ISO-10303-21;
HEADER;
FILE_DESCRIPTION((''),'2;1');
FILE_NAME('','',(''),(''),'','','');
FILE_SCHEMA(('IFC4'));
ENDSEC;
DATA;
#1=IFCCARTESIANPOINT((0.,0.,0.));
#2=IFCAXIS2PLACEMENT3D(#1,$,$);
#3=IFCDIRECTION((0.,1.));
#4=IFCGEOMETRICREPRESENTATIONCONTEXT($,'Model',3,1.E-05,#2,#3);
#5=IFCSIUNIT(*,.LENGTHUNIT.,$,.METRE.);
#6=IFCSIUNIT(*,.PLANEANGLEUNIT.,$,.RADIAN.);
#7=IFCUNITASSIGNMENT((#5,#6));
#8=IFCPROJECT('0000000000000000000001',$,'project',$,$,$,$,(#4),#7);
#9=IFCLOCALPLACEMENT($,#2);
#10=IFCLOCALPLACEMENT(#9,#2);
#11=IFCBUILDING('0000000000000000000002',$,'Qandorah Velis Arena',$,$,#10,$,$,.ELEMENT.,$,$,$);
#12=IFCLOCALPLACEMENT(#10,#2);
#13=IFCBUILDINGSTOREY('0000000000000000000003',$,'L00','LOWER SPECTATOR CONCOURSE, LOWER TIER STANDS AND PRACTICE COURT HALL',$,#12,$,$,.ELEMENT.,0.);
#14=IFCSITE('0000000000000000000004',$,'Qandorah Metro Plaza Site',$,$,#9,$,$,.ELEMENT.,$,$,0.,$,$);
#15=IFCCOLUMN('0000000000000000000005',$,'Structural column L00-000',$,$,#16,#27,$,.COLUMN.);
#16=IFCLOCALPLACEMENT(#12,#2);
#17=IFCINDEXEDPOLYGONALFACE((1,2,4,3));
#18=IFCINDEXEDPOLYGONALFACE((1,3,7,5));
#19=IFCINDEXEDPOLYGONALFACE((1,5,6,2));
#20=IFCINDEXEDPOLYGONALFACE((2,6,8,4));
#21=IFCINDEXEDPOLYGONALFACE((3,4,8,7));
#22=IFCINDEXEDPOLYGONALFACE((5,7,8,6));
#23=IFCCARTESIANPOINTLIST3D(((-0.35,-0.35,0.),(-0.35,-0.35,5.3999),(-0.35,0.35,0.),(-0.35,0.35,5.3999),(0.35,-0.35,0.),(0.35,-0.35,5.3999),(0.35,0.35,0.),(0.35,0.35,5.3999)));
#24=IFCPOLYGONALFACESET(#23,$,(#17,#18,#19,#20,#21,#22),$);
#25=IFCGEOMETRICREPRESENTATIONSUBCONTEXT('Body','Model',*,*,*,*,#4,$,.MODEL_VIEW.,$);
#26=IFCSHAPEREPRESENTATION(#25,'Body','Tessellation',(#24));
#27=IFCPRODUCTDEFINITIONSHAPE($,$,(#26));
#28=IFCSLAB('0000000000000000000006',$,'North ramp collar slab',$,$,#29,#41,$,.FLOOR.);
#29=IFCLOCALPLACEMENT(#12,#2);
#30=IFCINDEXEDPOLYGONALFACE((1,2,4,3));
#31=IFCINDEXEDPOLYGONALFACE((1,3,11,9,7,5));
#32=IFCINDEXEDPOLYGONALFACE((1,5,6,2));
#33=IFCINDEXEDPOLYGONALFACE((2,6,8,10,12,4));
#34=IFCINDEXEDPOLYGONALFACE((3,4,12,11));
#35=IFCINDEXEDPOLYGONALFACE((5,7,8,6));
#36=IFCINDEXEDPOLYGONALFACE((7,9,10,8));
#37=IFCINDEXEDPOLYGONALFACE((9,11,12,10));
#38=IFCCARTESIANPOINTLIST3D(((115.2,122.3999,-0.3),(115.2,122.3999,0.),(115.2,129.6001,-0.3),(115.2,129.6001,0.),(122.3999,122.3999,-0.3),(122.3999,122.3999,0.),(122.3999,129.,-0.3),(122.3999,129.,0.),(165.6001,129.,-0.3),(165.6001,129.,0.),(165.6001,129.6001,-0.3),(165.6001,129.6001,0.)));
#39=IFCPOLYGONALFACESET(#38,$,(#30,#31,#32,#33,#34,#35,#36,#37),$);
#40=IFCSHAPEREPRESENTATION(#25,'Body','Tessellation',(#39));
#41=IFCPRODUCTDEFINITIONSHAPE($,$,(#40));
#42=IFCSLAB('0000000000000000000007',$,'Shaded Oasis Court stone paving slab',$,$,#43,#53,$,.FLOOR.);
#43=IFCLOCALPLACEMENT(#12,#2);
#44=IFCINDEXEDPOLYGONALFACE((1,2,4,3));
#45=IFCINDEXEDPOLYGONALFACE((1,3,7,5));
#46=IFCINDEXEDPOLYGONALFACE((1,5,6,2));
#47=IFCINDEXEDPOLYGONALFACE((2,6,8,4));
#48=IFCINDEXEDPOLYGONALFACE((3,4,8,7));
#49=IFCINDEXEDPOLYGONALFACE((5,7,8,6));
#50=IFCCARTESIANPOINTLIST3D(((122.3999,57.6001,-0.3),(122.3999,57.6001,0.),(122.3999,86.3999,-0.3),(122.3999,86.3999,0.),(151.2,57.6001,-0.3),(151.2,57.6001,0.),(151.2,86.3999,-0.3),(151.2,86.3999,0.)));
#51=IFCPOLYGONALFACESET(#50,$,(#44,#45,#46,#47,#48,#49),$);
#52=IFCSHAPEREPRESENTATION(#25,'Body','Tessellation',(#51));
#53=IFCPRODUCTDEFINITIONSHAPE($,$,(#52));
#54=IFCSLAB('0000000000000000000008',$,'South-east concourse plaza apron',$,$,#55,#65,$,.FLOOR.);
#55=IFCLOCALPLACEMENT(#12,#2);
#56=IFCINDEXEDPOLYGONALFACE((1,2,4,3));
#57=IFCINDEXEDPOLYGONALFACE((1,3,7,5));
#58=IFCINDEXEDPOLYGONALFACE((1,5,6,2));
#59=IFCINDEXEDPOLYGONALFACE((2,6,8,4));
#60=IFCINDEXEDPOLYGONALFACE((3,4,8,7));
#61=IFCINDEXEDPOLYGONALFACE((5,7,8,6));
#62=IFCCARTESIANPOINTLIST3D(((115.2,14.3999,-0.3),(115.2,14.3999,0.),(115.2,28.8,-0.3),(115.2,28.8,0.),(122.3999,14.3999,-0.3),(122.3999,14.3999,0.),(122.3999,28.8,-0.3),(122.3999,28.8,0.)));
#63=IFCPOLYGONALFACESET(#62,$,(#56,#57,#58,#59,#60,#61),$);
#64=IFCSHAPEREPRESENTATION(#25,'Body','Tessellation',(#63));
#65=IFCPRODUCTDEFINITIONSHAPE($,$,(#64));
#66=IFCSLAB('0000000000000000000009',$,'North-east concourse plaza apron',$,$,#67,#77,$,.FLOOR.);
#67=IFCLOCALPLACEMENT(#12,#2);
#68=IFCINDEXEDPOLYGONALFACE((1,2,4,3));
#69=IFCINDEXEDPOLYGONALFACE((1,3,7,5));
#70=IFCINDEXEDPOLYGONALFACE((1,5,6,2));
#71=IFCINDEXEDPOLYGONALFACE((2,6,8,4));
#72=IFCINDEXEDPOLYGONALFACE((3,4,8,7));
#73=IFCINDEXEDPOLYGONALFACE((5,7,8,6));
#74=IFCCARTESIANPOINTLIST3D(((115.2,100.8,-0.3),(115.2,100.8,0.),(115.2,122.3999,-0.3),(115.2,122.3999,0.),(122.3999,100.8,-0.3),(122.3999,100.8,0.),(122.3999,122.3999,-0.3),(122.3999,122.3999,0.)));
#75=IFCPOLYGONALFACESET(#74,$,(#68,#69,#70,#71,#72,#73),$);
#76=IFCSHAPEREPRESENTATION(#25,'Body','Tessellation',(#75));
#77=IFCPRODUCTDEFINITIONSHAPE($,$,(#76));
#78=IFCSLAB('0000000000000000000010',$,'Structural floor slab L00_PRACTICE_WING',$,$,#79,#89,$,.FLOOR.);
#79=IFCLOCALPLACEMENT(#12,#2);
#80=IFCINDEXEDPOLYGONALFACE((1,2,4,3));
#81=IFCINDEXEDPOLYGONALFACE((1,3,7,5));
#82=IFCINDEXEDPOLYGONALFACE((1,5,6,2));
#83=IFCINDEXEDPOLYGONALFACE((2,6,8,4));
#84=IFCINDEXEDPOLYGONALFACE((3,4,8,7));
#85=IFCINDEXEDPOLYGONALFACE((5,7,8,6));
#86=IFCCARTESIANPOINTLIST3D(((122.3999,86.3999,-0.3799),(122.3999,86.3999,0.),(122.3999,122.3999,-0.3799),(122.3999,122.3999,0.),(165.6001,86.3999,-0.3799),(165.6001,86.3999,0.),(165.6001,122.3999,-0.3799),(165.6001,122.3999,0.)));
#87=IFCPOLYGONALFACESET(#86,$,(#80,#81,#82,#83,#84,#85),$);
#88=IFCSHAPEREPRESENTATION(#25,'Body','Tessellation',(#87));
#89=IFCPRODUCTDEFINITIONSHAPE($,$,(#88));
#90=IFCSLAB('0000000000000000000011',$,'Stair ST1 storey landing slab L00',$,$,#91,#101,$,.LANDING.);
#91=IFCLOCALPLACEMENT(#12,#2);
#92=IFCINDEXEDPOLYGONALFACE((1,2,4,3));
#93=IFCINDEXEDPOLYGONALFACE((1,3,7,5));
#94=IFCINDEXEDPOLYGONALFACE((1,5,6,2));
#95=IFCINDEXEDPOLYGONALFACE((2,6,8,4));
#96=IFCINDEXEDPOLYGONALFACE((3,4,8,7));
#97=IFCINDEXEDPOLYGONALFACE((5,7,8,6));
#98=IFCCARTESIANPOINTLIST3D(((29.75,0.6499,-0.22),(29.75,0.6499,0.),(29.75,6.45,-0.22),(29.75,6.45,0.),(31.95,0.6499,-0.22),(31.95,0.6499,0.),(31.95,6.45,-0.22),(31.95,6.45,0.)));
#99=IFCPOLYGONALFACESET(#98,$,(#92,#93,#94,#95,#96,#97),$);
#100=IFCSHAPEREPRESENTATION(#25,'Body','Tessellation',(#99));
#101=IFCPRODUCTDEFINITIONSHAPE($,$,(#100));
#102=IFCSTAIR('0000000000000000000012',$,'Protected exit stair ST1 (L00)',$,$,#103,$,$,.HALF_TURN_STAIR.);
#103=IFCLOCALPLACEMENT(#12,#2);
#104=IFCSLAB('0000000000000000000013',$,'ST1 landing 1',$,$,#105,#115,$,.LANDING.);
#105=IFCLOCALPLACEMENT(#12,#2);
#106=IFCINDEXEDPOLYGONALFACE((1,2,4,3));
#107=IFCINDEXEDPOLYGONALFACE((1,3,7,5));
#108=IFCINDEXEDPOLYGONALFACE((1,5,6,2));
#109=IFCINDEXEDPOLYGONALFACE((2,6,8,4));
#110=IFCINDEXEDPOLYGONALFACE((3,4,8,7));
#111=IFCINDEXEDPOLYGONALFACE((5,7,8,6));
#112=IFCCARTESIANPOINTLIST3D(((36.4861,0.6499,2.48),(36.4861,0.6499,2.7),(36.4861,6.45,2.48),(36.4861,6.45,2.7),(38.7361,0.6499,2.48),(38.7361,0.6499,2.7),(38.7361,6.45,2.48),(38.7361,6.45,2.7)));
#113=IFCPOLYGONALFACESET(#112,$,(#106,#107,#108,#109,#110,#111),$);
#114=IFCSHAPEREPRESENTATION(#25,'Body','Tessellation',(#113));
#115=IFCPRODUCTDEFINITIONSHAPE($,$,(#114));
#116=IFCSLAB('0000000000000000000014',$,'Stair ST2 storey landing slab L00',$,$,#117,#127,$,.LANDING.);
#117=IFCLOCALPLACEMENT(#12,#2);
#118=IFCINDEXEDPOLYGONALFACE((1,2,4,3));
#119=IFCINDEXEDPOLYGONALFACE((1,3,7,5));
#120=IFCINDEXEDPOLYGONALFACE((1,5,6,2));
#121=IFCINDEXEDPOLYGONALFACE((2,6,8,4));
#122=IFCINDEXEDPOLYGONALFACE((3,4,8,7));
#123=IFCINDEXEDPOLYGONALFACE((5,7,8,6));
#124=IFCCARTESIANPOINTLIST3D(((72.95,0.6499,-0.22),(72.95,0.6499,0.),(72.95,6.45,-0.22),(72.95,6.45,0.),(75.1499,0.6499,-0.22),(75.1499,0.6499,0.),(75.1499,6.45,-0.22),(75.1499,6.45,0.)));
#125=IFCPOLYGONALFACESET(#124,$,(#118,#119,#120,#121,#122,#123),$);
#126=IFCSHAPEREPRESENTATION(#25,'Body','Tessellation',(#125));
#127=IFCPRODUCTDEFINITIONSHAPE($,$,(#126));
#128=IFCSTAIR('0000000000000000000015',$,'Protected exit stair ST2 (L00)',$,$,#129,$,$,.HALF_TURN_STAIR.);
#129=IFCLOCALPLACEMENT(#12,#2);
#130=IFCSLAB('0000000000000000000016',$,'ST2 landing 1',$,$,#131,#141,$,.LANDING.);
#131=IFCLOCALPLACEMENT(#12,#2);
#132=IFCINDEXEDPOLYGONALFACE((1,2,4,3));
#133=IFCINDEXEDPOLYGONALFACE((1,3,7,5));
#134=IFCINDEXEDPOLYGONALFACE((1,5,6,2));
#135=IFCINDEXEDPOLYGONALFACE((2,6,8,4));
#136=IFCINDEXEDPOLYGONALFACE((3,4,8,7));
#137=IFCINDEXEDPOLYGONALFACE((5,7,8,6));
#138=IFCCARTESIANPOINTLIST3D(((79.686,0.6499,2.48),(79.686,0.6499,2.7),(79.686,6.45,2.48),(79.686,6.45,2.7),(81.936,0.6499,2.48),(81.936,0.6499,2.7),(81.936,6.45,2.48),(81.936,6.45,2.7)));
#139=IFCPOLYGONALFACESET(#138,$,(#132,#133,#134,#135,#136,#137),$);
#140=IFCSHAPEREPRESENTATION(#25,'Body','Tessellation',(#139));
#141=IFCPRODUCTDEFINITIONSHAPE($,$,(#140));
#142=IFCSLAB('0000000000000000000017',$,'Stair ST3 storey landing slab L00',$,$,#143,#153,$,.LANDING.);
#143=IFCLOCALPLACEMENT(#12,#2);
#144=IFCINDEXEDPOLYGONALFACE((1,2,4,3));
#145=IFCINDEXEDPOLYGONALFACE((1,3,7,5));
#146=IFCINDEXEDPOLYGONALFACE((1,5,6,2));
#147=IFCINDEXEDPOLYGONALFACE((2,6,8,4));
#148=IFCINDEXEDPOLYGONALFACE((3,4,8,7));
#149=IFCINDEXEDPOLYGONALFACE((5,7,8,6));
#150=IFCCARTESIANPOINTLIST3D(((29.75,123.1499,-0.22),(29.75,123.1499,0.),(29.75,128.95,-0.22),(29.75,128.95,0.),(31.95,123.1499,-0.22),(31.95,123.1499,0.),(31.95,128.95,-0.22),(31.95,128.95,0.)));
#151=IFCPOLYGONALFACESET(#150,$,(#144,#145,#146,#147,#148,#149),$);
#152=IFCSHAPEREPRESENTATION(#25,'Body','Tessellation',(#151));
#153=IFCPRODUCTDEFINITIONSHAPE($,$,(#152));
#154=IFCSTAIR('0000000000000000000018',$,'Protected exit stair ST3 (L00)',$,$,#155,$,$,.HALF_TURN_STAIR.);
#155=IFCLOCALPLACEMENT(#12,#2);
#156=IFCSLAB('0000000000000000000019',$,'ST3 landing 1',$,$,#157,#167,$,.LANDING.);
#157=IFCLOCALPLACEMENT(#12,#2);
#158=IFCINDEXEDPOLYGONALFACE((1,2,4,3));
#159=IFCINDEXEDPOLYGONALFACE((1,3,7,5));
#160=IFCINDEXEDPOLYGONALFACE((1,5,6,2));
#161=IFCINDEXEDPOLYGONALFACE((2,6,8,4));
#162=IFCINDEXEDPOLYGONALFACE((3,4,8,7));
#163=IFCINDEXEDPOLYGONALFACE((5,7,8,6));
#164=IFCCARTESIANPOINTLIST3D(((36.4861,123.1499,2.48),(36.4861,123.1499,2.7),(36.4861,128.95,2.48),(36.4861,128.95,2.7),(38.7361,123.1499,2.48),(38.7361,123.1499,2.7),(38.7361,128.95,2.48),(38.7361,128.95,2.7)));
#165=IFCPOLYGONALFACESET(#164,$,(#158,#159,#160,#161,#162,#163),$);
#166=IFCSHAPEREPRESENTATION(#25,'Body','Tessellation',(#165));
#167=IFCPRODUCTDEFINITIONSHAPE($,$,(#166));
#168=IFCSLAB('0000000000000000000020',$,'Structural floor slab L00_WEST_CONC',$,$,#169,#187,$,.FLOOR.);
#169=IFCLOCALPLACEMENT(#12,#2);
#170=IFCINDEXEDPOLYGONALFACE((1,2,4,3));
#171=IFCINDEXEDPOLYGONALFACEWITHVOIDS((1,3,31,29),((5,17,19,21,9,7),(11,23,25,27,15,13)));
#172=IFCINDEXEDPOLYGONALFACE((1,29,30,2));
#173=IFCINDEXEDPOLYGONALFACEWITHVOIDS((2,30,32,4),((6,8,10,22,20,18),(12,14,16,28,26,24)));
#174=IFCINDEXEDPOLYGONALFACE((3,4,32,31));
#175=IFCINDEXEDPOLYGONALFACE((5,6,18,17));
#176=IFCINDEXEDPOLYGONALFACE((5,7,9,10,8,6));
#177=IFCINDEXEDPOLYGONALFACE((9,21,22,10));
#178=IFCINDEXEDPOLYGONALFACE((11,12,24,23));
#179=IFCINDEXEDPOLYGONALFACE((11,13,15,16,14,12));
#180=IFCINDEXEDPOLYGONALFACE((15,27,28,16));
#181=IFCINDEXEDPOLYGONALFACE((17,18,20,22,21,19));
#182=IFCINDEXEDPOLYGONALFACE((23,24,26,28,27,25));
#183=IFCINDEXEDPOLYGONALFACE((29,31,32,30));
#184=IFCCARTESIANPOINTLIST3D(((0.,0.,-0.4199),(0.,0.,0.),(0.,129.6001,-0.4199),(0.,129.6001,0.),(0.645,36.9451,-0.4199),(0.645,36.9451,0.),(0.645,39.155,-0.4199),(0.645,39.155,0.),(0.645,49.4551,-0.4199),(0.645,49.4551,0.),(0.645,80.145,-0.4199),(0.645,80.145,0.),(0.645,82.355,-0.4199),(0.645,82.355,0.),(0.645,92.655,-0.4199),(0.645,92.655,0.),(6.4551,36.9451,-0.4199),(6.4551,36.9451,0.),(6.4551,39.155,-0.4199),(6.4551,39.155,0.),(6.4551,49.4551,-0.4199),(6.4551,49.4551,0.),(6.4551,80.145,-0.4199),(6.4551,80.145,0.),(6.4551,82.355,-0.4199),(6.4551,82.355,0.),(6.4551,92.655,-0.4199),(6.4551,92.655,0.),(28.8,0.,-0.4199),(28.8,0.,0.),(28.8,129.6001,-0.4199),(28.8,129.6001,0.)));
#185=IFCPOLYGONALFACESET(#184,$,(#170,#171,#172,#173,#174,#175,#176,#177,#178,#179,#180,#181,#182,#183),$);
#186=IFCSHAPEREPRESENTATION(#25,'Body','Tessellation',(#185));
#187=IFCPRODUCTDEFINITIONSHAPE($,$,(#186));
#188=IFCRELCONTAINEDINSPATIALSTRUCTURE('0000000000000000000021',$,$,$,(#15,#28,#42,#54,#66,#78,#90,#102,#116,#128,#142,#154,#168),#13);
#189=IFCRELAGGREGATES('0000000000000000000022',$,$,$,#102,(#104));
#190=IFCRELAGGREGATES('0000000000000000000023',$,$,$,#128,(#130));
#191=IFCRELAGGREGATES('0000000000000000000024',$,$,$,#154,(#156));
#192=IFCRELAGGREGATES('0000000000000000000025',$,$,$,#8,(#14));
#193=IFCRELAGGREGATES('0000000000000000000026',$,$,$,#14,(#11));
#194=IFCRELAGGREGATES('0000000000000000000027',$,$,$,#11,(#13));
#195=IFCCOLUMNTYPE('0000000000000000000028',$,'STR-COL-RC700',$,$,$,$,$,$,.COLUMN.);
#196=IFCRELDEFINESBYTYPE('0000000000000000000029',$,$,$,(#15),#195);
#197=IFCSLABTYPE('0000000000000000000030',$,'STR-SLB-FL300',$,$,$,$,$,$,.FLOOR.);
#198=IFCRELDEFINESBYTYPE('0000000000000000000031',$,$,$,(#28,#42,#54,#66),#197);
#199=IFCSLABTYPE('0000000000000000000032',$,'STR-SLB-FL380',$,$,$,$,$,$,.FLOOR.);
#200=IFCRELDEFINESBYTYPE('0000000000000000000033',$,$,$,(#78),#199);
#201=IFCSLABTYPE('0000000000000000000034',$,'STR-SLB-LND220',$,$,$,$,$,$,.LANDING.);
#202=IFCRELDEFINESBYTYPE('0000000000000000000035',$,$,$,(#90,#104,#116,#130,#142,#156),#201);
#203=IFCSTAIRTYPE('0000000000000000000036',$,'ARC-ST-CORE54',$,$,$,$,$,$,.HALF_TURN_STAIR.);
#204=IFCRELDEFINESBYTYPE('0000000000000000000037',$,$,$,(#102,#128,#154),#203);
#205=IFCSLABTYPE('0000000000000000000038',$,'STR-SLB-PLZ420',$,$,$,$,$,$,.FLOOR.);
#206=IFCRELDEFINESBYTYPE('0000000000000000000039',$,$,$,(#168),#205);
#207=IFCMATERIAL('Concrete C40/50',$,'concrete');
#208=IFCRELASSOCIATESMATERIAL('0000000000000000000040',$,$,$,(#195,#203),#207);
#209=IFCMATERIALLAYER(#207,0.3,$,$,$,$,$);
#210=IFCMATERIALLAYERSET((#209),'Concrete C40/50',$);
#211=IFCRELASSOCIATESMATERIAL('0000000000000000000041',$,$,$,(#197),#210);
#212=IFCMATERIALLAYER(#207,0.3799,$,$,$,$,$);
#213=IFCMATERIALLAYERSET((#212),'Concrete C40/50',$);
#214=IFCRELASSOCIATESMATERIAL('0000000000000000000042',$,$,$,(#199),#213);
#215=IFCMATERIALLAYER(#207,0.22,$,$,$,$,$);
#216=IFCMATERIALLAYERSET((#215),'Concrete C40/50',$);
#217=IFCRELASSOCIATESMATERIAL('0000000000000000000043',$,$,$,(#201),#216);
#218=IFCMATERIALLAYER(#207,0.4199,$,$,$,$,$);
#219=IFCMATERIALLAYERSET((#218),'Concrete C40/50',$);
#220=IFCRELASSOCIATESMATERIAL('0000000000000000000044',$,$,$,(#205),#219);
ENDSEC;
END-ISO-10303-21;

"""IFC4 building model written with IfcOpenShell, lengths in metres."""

from ifc_helpers import new_model, si_unit, direction, frame, origin, origin_with_axes, origin_2d, place, context, subcontext, project, spatial, polyline, rectangle, outline, extrude, material, layer, layer_set, material_profile, profile_set, type_object, element, aggregate, save


model = new_model("IFC4")

# Units and contexts
model_context = context("Model", 3, precision=1e-05, world=origin(), true_north=direction((0.0, 1.0)))
body_context = subcontext(model_context, "Body", "Model", "MODEL_VIEW")
ifc_project = project(units=[si_unit("LENGTHUNIT", "METRE"), si_unit("PLANEANGLEUNIT", "RADIAN")], contexts=[model_context])

# Site, building, storey
site_placement = place(None, origin())
site = spatial("IfcSite", under=ifc_project, at=site_placement, Name="Qandorah Metro Plaza Site", CompositionType="ELEMENT", RefElevation=0.0)
building_placement = place(site_placement, origin())
building = spatial("IfcBuilding", under=site, at=building_placement, Name="Qandorah Velis Arena", CompositionType="ELEMENT")
storey_placement = place(building_placement, origin())
storey = spatial("IfcBuildingStorey", under=building, at=storey_placement, Name="L00", Description="LOWER SPECTATOR CONCOURSE, LOWER TIER STANDS AND PRACTICE COURT HALL", CompositionType="ELEMENT", Elevation=0.0)

# Column
ifc_material_1 = material(Name="Concrete C40/50", Category="concrete")
ifc_material_profile = material_profile(ifc_material_1, rectangle(XDim=0.7, YDim=0.7, at=origin_2d()), Name="RC COL 700x700")
ifc_profile_set = profile_set([ifc_material_profile], Name="Concrete C40/50")
column_type = type_object("IfcColumnType", Name="STR-COL-RC700", PredefinedType="COLUMN", material=ifc_profile_set)
column_placement = place(storey_placement, origin_with_axes())
element("IfcColumn", 1, at=column_placement, inside=storey, type_object=column_type, Name="Structural column L00-000", PredefinedType="COLUMN", context=body_context, shape_type="SweptSolid", body=[
    extrude(rectangle(XDim=0.7, YDim=0.7, at=origin_2d()), origin(), (0.0, 0.0, 1.0), 5.3999),
])

# Slabs
ifc_layer_1 = layer(ifc_material_1, 0.3)
ifc_layer_set_1 = layer_set([ifc_layer_1], Name="Concrete C40/50")
slab_type_1 = type_object("IfcSlabType", Name="STR-SLB-FL300", PredefinedType="FLOOR", material=ifc_layer_set_1)
slab_1_placement = place(storey_placement, frame((0.0, 0.0, -0.3)))
element("IfcSlab", 2, at=slab_1_placement, inside=storey, type_object=slab_type_1, Name="North ramp collar slab", PredefinedType="FLOOR", context=body_context, shape_type="SweptSolid", body=[
    extrude(outline(polyline([(115.2, 122.3999), (115.2, 129.6001), (165.6001, 129.6001), (165.6001, 129.0), (122.3999, 129.0), (122.3999, 122.3999), (115.2, 122.3999)])), origin(), (0.0, 0.0, 1.0), 0.3),
])
slab_2_placement = place(storey_placement, frame((0.0, 0.0, -0.3)))
element("IfcSlab", 3, at=slab_2_placement, inside=storey, type_object=slab_type_1, Name="Shaded Oasis Court stone paving slab", PredefinedType="FLOOR", context=body_context, shape_type="SweptSolid", body=[
    extrude(outline(polyline([(122.3999, 57.6001), (151.2, 57.6001), (151.2, 86.3999), (122.3999, 86.3999), (122.3999, 57.6001)])), origin(), (0.0, 0.0, 1.0), 0.3),
])
slab_3_placement = place(storey_placement, frame((0.0, 0.0, -0.3)))
element("IfcSlab", 4, at=slab_3_placement, inside=storey, type_object=slab_type_1, Name="South-east concourse plaza apron", PredefinedType="FLOOR", context=body_context, shape_type="SweptSolid", body=[
    extrude(outline(polyline([(115.2, 14.3999), (122.3999, 14.3999), (122.3999, 28.8), (115.2, 28.8), (115.2, 14.3999)])), origin(), (0.0, 0.0, 1.0), 0.3),
])
slab_4_placement = place(storey_placement, frame((0.0, 0.0, -0.3)))
element("IfcSlab", 5, at=slab_4_placement, inside=storey, type_object=slab_type_1, Name="North-east concourse plaza apron", PredefinedType="FLOOR", context=body_context, shape_type="SweptSolid", body=[
    extrude(outline(polyline([(115.2, 100.8), (122.3999, 100.8), (122.3999, 122.3999), (115.2, 122.3999), (115.2, 100.8)])), origin(), (0.0, 0.0, 1.0), 0.3),
])
ifc_layer_2 = layer(ifc_material_1, 0.3799)
ifc_layer_set_2 = layer_set([ifc_layer_2], Name="Concrete C40/50")
slab_type_2 = type_object("IfcSlabType", Name="STR-SLB-FL380", PredefinedType="FLOOR", material=ifc_layer_set_2)
slab_5_placement = place(storey_placement, frame((0.0, 0.0, -0.3799)))
element("IfcSlab", 6, at=slab_5_placement, inside=storey, type_object=slab_type_2, Name="Structural floor slab L00_PRACTICE_WING", PredefinedType="FLOOR", context=body_context, shape_type="SweptSolid", body=[
    extrude(outline(polyline([(165.6001, 86.3999), (122.3999, 86.3999), (122.3999, 122.3999), (165.6001, 122.3999), (165.6001, 86.3999)])), origin(), (0.0, 0.0, 1.0), 0.3799),
])
ifc_layer_3 = layer(ifc_material_1, 0.22)
ifc_layer_set_3 = layer_set([ifc_layer_3], Name="Concrete C40/50")
slab_type_3 = type_object("IfcSlabType", Name="STR-SLB-LND220", PredefinedType="LANDING", material=ifc_layer_set_3)
slab_6_placement = place(storey_placement, frame((0.0, 0.0, -0.22)))
element("IfcSlab", 7, at=slab_6_placement, inside=storey, type_object=slab_type_3, Name="Stair ST1 storey landing slab L00", PredefinedType="LANDING", context=body_context, shape_type="SweptSolid", body=[
    extrude(outline(polyline([(29.75, 0.6499), (31.95, 0.6499), (31.95, 6.45), (29.75, 6.45), (29.75, 0.6499)])), origin(), (0.0, 0.0, 1.0), 0.22),
])

# Stair, slab
stair_type = type_object("IfcStairType", Name="ARC-ST-CORE54", PredefinedType="HALF_TURN_STAIR", material=ifc_material_1)
stair_1_placement = place(storey_placement, origin())
stair_1 = element("IfcStair", 8, at=stair_1_placement, inside=storey, type_object=stair_type, Name="Protected exit stair ST1 (L00)", PredefinedType="HALF_TURN_STAIR")
slab_7_placement = place(storey_placement, frame((0.0, 0.0, 2.48)))
slab_7 = element("IfcSlab", 9, at=slab_7_placement, type_object=slab_type_3, Name="ST1 landing 1", PredefinedType="LANDING", context=body_context, shape_type="SweptSolid", body=[
    extrude(outline(polyline([(36.4861, 0.6499), (38.7361, 0.6499), (38.7361, 6.45), (36.4861, 6.45), (36.4861, 0.6499)])), origin(), (0.0, 0.0, 1.0), 0.22),
])
aggregate(stair_1, [slab_7])

# Slab
slab_8_placement = place(storey_placement, frame((0.0, 0.0, -0.22)))
element("IfcSlab", 10, at=slab_8_placement, inside=storey, type_object=slab_type_3, Name="Stair ST2 storey landing slab L00", PredefinedType="LANDING", context=body_context, shape_type="SweptSolid", body=[
    extrude(outline(polyline([(72.95, 0.6499), (75.1499, 0.6499), (75.1499, 6.45), (72.95, 6.45), (72.95, 0.6499)])), origin(), (0.0, 0.0, 1.0), 0.22),
])

# Stair, slab
stair_2_placement = place(storey_placement, origin())
stair_2 = element("IfcStair", 11, at=stair_2_placement, inside=storey, type_object=stair_type, Name="Protected exit stair ST2 (L00)", PredefinedType="HALF_TURN_STAIR")
slab_9_placement = place(storey_placement, frame((0.0, 0.0, 2.48)))
slab_9 = element("IfcSlab", 12, at=slab_9_placement, type_object=slab_type_3, Name="ST2 landing 1", PredefinedType="LANDING", context=body_context, shape_type="SweptSolid", body=[
    extrude(outline(polyline([(79.686, 0.6499), (81.936, 0.6499), (81.936, 6.45), (79.686, 6.45), (79.686, 0.6499)])), origin(), (0.0, 0.0, 1.0), 0.22),
])
aggregate(stair_2, [slab_9])

# Slab
slab_10_placement = place(storey_placement, frame((0.0, 0.0, -0.22)))
element("IfcSlab", 13, at=slab_10_placement, inside=storey, type_object=slab_type_3, Name="Stair ST3 storey landing slab L00", PredefinedType="LANDING", context=body_context, shape_type="SweptSolid", body=[
    extrude(outline(polyline([(29.75, 123.1499), (31.95, 123.1499), (31.95, 128.95), (29.75, 128.95), (29.75, 123.1499)])), origin(), (0.0, 0.0, 1.0), 0.22),
])

# Stair, slab
stair_3_placement = place(storey_placement, origin())
stair_3 = element("IfcStair", 14, at=stair_3_placement, inside=storey, type_object=stair_type, Name="Protected exit stair ST3 (L00)", PredefinedType="HALF_TURN_STAIR")
slab_11_placement = place(storey_placement, frame((0.0, 0.0, 2.48)))
slab_11 = element("IfcSlab", 15, at=slab_11_placement, type_object=slab_type_3, Name="ST3 landing 1", PredefinedType="LANDING", context=body_context, shape_type="SweptSolid", body=[
    extrude(outline(polyline([(36.4861, 123.1499), (38.7361, 123.1499), (38.7361, 128.95), (36.4861, 128.95), (36.4861, 123.1499)])), origin(), (0.0, 0.0, 1.0), 0.22),
])
aggregate(stair_3, [slab_11])

# Slab
ifc_layer_4 = layer(ifc_material_1, 0.4199)
ifc_layer_set_4 = layer_set([ifc_layer_4], Name="Concrete C40/50")
slab_type_4 = type_object("IfcSlabType", Name="STR-SLB-PLZ420", PredefinedType="FLOOR", material=ifc_layer_set_4)
slab_12_placement = place(storey_placement, frame((0.0, 0.0, -0.4199)))
element("IfcSlab", 16, at=slab_12_placement, inside=storey, type_object=slab_type_4, Name="Structural floor slab L00_WEST_CONC", PredefinedType="FLOOR", context=body_context, shape_type="SweptSolid", body=[
    extrude(outline(polyline([(28.8, 0.0), (0.0, 0.0), (0.0, 129.6001), (28.8, 129.6001), (28.8, 0.0)]), holes=[polyline([(6.4551, 36.9451), (6.4551, 39.155), (6.4551, 49.4551), (0.645, 49.4551), (0.645, 39.155), (0.645, 36.9451), (6.4551, 36.9451)]), polyline([(0.645, 80.145), (6.4551, 80.145), (6.4551, 82.355), (6.4551, 92.655), (0.645, 92.655), (0.645, 82.355), (0.645, 80.145)])]), origin(), (0.0, 0.0, 1.0), 0.4199),
])

save(model, "model.ifc")
